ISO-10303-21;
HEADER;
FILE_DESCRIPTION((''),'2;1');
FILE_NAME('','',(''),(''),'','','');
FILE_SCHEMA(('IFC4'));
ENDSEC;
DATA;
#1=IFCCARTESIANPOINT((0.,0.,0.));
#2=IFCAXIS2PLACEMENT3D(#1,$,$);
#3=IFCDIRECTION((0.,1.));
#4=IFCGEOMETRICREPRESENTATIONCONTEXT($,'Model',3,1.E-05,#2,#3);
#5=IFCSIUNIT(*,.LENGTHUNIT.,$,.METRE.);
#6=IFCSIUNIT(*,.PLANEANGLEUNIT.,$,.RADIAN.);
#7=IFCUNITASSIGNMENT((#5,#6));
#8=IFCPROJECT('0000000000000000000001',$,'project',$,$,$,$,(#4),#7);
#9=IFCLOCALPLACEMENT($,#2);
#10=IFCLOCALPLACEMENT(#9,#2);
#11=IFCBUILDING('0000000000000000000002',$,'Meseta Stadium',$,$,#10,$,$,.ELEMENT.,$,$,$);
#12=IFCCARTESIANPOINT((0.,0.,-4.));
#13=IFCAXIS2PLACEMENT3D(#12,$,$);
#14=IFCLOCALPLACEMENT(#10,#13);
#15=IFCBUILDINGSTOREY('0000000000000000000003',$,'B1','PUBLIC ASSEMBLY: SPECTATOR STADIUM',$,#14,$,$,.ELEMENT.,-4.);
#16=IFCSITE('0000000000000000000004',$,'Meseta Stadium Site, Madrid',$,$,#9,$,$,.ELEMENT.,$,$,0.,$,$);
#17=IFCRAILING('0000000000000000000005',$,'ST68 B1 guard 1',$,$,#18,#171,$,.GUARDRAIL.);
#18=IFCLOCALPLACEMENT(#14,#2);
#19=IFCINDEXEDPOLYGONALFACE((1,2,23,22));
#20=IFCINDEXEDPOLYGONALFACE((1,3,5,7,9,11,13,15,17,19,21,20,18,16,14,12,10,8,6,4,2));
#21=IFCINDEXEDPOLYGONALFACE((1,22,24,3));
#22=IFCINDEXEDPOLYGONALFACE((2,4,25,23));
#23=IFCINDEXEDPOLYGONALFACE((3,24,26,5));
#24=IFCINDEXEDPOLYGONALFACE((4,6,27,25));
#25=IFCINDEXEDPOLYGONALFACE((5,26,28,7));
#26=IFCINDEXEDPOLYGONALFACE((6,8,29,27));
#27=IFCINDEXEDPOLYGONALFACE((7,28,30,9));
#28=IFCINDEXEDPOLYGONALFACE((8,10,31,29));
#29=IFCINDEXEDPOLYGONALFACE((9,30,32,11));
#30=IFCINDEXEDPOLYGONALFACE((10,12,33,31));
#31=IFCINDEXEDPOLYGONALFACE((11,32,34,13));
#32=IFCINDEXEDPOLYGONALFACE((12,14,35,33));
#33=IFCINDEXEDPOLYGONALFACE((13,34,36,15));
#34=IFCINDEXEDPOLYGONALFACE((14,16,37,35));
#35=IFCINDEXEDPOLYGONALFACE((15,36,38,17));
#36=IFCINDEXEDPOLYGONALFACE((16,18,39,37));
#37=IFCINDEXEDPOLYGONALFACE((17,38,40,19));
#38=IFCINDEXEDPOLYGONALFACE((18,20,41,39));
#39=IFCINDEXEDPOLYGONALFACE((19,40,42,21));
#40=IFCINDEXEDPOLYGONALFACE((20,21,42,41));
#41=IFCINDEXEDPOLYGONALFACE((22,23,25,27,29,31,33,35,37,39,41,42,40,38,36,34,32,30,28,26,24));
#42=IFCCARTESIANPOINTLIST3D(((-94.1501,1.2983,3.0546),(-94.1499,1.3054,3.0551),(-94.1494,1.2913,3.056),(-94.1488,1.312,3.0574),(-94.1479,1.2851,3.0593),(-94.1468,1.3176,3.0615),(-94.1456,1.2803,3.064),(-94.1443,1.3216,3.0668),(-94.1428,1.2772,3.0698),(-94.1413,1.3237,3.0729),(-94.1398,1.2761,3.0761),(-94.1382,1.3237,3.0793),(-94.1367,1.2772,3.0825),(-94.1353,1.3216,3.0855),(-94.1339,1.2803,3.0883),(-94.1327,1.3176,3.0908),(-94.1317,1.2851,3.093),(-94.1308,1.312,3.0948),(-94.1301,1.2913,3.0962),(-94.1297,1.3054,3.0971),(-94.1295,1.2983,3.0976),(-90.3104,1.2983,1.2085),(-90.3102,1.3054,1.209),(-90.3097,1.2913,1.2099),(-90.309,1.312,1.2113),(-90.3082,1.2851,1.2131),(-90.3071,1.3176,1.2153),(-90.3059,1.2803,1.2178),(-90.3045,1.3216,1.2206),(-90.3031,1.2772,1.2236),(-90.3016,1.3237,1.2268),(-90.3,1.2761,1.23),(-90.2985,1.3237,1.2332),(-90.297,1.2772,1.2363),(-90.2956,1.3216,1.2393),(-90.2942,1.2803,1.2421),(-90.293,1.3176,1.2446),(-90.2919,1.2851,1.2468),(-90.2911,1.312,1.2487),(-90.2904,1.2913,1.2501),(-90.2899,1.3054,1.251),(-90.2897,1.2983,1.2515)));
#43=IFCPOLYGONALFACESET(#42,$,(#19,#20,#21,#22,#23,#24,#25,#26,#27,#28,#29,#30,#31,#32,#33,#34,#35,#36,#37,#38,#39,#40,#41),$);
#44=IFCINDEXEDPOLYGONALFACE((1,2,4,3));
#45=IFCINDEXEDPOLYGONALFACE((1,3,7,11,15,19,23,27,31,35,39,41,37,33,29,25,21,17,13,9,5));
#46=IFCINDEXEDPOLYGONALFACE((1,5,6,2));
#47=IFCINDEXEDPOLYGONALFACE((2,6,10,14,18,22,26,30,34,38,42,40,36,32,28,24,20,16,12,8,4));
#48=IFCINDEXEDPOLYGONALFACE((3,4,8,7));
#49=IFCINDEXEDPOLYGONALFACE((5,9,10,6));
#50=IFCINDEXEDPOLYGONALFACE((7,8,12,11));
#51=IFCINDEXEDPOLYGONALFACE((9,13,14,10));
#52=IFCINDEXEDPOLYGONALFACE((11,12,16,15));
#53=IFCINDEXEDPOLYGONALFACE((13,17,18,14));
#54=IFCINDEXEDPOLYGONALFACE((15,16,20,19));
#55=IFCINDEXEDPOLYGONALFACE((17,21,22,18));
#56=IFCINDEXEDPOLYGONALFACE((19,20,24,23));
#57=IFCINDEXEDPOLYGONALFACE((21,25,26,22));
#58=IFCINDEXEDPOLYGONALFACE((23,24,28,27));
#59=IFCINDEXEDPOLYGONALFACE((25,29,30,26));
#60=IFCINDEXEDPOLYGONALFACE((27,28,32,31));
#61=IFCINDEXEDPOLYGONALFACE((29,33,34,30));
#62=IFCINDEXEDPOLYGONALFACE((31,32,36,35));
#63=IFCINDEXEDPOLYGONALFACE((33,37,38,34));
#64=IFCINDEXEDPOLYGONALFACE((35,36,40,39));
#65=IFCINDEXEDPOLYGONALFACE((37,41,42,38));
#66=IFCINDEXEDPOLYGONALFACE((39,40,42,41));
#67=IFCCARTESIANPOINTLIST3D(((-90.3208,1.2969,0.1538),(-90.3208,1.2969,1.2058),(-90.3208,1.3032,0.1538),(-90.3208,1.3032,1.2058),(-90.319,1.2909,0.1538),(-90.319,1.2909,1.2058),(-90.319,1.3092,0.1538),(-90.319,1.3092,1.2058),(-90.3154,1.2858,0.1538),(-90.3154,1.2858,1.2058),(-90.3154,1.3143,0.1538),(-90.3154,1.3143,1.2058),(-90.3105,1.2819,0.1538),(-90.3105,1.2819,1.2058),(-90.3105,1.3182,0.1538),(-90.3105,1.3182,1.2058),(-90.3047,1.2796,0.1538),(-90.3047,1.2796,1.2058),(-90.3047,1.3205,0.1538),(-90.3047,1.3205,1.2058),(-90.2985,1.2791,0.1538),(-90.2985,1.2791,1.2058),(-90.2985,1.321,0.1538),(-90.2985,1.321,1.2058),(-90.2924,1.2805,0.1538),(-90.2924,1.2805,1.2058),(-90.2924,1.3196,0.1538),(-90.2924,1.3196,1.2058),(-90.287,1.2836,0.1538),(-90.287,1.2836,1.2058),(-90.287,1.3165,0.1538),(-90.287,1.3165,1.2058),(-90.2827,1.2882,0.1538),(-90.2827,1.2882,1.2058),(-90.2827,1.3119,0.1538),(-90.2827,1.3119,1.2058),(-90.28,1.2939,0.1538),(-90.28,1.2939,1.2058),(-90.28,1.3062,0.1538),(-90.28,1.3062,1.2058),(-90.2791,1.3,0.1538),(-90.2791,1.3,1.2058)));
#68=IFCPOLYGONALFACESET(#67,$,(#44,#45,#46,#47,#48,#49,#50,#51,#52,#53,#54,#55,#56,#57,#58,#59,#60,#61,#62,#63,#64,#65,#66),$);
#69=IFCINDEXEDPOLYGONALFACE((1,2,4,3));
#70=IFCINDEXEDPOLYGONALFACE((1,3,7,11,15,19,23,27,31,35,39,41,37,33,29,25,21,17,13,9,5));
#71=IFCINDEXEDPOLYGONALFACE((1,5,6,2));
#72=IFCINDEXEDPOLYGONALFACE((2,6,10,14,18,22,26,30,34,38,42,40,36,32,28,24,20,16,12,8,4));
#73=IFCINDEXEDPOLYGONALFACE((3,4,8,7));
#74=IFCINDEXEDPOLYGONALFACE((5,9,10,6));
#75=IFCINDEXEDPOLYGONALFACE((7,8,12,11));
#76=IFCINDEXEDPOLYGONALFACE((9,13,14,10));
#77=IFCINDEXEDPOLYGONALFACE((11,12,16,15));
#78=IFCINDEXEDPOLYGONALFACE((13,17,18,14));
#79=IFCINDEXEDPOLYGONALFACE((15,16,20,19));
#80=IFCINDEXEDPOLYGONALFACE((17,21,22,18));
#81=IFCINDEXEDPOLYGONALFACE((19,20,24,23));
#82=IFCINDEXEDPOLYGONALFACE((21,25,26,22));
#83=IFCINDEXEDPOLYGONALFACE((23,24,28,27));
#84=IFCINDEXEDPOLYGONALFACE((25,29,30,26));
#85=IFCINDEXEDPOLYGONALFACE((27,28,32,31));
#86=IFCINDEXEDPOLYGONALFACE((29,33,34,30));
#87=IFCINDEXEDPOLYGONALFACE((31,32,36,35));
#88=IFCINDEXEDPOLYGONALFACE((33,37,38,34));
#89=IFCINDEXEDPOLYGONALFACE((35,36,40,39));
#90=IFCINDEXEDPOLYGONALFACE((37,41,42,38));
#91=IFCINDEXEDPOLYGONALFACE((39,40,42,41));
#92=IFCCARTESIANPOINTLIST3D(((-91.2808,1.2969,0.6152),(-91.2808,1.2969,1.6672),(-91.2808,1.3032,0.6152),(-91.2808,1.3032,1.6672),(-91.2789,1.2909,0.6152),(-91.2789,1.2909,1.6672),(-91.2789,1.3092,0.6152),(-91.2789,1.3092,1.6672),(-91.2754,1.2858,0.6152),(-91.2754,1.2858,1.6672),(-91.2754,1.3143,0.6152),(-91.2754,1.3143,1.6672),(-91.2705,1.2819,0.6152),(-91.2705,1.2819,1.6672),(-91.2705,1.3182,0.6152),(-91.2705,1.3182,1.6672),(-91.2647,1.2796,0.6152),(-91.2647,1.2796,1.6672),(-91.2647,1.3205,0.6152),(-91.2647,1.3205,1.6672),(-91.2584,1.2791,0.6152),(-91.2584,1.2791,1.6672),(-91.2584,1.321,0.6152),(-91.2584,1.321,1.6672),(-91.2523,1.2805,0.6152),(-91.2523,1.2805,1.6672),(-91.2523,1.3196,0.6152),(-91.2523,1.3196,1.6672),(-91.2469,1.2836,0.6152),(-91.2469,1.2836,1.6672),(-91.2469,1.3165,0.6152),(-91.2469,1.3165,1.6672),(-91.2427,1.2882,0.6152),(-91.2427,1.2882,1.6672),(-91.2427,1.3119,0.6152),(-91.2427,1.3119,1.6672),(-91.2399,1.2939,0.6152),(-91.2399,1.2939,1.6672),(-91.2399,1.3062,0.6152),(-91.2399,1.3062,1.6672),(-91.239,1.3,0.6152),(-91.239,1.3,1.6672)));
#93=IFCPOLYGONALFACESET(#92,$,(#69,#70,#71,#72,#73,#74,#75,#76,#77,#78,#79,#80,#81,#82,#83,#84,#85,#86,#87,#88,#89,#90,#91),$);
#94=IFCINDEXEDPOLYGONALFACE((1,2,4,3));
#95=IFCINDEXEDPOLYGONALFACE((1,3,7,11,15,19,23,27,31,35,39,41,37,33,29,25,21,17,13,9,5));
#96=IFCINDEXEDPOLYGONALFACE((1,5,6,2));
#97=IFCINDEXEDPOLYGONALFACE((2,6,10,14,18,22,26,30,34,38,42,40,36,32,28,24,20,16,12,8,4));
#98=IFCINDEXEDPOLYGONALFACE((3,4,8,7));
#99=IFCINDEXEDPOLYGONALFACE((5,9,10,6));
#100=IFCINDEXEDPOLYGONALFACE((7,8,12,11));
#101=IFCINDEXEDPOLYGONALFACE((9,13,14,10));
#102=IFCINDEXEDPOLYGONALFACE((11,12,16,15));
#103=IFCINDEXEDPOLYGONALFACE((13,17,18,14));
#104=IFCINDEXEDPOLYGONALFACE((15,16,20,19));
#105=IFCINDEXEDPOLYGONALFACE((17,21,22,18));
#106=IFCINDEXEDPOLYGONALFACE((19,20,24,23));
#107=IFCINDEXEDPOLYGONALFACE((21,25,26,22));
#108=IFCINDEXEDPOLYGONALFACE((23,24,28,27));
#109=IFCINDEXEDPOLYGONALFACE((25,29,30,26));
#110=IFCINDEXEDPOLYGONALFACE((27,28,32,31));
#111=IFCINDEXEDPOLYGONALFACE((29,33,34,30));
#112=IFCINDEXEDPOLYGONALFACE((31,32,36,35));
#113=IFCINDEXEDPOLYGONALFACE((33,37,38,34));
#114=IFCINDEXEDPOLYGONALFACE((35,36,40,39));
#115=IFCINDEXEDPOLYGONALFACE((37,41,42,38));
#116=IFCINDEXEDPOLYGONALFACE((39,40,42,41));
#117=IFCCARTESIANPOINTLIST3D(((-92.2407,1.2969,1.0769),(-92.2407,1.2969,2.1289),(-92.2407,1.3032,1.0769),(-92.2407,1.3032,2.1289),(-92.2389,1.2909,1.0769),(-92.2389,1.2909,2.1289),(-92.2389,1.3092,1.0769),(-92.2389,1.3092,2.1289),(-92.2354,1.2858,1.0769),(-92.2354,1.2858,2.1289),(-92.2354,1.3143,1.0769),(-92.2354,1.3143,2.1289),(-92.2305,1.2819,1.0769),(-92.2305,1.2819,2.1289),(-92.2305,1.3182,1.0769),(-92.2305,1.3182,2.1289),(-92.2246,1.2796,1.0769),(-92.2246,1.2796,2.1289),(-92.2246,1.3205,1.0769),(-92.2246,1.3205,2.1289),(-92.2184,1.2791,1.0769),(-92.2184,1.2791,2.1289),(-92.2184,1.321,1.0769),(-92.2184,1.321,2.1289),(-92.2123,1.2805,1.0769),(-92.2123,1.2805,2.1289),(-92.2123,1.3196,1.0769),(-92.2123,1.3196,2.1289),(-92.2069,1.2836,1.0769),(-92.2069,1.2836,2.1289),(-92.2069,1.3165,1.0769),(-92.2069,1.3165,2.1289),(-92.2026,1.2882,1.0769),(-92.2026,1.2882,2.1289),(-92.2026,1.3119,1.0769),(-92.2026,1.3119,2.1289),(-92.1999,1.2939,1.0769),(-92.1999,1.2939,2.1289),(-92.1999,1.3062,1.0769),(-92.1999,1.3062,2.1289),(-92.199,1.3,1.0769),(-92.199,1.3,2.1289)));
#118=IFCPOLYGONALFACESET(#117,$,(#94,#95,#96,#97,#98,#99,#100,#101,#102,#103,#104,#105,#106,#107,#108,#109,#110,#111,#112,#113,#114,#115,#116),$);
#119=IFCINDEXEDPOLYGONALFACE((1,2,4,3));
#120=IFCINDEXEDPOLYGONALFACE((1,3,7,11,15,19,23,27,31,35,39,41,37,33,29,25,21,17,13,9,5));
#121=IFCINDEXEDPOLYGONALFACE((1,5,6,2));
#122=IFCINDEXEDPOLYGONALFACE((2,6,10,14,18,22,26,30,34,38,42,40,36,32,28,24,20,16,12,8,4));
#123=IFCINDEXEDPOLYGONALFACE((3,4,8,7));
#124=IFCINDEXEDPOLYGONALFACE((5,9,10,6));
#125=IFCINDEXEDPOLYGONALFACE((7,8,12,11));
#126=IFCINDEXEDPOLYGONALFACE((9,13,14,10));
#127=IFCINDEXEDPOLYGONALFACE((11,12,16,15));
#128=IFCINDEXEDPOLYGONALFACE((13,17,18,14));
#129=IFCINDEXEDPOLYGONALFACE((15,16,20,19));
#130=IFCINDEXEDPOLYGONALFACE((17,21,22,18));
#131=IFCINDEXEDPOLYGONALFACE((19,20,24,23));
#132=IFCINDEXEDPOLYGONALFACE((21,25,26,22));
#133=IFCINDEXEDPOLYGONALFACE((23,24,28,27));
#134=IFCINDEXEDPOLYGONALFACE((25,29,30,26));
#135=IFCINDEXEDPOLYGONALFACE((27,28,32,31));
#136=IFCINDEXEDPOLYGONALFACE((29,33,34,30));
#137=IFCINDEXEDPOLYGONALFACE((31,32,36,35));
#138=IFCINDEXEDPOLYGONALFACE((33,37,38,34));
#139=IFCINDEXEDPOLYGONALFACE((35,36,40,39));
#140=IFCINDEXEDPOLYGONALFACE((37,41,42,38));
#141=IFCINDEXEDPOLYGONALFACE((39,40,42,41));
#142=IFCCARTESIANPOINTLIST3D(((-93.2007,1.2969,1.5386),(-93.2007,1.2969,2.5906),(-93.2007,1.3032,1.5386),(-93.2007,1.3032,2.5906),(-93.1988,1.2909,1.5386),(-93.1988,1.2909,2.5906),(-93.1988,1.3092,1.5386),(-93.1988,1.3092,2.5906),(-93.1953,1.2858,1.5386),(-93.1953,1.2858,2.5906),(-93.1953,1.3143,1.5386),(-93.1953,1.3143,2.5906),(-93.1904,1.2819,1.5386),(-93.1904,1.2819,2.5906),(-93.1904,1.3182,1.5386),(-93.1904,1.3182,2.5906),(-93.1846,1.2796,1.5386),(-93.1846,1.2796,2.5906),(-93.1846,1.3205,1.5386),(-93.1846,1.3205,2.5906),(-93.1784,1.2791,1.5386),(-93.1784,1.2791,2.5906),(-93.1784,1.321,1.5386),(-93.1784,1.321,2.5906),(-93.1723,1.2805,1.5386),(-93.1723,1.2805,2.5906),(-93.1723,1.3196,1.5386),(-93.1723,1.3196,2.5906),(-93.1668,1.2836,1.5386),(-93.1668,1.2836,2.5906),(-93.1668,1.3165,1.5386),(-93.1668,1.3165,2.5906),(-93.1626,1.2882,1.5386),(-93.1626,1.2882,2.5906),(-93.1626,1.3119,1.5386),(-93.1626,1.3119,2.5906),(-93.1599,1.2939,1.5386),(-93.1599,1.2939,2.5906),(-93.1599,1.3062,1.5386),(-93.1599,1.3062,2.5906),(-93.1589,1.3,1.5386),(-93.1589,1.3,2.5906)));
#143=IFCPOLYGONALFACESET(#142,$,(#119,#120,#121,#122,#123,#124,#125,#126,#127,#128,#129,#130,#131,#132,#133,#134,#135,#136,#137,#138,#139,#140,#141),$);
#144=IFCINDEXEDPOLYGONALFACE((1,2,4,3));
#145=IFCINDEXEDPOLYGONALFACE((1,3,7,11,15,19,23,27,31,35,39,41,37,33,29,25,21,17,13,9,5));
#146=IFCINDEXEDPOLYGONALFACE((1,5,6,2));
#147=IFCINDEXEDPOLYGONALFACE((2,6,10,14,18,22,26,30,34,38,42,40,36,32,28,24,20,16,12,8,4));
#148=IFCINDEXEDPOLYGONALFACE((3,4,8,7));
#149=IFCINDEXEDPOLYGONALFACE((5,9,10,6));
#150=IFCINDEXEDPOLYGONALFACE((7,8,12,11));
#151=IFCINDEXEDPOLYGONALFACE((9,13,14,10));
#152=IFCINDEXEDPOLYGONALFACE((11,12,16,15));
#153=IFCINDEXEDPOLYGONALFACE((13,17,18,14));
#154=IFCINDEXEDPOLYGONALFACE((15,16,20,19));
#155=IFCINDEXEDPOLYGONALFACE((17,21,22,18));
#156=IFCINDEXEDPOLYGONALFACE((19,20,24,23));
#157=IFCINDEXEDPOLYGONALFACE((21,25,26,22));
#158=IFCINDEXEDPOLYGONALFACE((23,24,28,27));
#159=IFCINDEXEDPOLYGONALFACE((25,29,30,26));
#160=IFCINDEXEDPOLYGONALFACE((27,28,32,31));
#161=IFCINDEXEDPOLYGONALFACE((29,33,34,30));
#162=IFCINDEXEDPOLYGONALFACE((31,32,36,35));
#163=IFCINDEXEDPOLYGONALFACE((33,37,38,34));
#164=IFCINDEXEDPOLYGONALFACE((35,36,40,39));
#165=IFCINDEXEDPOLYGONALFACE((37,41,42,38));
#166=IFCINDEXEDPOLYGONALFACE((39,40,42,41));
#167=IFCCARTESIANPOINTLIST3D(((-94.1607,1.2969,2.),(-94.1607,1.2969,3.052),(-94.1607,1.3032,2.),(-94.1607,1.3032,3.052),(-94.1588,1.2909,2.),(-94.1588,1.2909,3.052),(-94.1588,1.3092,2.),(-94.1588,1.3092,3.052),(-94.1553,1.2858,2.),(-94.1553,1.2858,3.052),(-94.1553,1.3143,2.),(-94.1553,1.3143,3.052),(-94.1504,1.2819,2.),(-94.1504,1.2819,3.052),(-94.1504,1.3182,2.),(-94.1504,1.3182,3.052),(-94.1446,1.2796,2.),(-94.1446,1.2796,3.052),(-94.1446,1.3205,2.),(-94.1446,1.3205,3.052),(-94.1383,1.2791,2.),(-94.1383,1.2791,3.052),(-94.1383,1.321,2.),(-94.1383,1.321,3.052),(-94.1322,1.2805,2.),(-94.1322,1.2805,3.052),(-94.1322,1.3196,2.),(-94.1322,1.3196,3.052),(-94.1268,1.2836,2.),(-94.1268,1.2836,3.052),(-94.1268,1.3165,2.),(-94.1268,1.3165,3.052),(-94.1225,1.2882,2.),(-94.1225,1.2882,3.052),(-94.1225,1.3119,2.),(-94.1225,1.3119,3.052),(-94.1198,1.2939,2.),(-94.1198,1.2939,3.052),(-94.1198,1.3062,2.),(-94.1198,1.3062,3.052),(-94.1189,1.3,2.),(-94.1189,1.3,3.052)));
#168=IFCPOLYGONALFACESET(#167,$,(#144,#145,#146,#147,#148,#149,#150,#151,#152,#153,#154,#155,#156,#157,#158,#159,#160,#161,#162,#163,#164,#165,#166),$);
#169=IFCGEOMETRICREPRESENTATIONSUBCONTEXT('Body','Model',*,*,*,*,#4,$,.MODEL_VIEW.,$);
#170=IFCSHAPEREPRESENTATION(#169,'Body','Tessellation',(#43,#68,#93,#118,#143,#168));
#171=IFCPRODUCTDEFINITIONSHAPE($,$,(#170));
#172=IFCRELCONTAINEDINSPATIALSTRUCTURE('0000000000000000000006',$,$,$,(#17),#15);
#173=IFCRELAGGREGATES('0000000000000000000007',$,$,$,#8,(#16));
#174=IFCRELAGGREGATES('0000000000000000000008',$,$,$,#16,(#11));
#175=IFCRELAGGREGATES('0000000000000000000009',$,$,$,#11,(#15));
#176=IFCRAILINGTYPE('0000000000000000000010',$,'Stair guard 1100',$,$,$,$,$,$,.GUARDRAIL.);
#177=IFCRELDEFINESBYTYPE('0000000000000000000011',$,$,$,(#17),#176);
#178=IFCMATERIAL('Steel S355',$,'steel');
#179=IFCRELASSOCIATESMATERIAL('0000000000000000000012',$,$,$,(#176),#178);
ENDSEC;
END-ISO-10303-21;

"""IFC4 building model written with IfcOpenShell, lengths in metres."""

from ifc_helpers import new_model, si_unit, direction, frame, origin, origin_2d, place, context, subcontext, project, spatial, circle, extrude, material, type_object, element, save


model = new_model("IFC4")

# Units and contexts
model_context = context("Model", 3, precision=1e-05, world=origin(), true_north=direction((0.0, 1.0)))
body_context = subcontext(model_context, "Body", "Model", "MODEL_VIEW")
ifc_project = project(units=[si_unit("LENGTHUNIT", "METRE"), si_unit("PLANEANGLEUNIT", "RADIAN")], contexts=[model_context])

# Site, building, storey
site_placement = place(None, origin())
site = spatial("IfcSite", under=ifc_project, at=site_placement, Name="Meseta Stadium Site, Madrid", CompositionType="ELEMENT", RefElevation=0.0)
building_placement = place(site_placement, origin())
building = spatial("IfcBuilding", under=site, at=building_placement, Name="Meseta Stadium", CompositionType="ELEMENT")
storey_placement = place(building_placement, frame((0.0, 0.0, -4.0)))
storey = spatial("IfcBuildingStorey", under=building, at=storey_placement, Name="B1", Description="PUBLIC ASSEMBLY: SPECTATOR STADIUM", CompositionType="ELEMENT", Elevation=-4.0)

# Railing
ifc_material_1 = material(Name="Steel S355", Category="steel")
railing_type_1 = type_object("IfcRailingType", Name="Stair guard 1100", PredefinedType="GUARDRAIL", material=ifc_material_1)
railing_1_placement = place(storey_placement, frame((-90.3, 1.3, 0.1538)))
element("IfcRailing", 1, at=railing_1_placement, inside=storey, type_object=railing_type_1, Name="ST68 B1 guard 1", PredefinedType="GUARDRAIL", context=body_context, shape_type="SweptSolid", body=[
    extrude(circle(Radius=0.0239, at=origin_2d()), frame((0.0, 0.0, 1.0762), z_axis=(-0.901242, 0.0, 0.433316), x_axis=(0.0, -1.0, 0.0)), (0.0, 0.0, 1.0), 4.2605),
    extrude(circle(Radius=0.021, at=origin_2d()), origin(), (0.0, 0.0, 1.0), 1.052),
    extrude(circle(Radius=0.021, at=origin_2d()), frame((-0.96, 0.0, 0.4614)), (0.0, 0.0, 1.0), 1.052),
    extrude(circle(Radius=0.021, at=origin_2d()), frame((-1.9199, 0.0, 0.9231)), (0.0, 0.0, 1.0), 1.052),
    extrude(circle(Radius=0.021, at=origin_2d()), frame((-2.8799, 0.0, 1.3848)), (0.0, 0.0, 1.0), 1.052),
    extrude(circle(Radius=0.021, at=origin_2d()), frame((-3.8398, 0.0, 1.8462)), (0.0, 0.0, 1.0), 1.052),
])

save(model, "model.ifc")
